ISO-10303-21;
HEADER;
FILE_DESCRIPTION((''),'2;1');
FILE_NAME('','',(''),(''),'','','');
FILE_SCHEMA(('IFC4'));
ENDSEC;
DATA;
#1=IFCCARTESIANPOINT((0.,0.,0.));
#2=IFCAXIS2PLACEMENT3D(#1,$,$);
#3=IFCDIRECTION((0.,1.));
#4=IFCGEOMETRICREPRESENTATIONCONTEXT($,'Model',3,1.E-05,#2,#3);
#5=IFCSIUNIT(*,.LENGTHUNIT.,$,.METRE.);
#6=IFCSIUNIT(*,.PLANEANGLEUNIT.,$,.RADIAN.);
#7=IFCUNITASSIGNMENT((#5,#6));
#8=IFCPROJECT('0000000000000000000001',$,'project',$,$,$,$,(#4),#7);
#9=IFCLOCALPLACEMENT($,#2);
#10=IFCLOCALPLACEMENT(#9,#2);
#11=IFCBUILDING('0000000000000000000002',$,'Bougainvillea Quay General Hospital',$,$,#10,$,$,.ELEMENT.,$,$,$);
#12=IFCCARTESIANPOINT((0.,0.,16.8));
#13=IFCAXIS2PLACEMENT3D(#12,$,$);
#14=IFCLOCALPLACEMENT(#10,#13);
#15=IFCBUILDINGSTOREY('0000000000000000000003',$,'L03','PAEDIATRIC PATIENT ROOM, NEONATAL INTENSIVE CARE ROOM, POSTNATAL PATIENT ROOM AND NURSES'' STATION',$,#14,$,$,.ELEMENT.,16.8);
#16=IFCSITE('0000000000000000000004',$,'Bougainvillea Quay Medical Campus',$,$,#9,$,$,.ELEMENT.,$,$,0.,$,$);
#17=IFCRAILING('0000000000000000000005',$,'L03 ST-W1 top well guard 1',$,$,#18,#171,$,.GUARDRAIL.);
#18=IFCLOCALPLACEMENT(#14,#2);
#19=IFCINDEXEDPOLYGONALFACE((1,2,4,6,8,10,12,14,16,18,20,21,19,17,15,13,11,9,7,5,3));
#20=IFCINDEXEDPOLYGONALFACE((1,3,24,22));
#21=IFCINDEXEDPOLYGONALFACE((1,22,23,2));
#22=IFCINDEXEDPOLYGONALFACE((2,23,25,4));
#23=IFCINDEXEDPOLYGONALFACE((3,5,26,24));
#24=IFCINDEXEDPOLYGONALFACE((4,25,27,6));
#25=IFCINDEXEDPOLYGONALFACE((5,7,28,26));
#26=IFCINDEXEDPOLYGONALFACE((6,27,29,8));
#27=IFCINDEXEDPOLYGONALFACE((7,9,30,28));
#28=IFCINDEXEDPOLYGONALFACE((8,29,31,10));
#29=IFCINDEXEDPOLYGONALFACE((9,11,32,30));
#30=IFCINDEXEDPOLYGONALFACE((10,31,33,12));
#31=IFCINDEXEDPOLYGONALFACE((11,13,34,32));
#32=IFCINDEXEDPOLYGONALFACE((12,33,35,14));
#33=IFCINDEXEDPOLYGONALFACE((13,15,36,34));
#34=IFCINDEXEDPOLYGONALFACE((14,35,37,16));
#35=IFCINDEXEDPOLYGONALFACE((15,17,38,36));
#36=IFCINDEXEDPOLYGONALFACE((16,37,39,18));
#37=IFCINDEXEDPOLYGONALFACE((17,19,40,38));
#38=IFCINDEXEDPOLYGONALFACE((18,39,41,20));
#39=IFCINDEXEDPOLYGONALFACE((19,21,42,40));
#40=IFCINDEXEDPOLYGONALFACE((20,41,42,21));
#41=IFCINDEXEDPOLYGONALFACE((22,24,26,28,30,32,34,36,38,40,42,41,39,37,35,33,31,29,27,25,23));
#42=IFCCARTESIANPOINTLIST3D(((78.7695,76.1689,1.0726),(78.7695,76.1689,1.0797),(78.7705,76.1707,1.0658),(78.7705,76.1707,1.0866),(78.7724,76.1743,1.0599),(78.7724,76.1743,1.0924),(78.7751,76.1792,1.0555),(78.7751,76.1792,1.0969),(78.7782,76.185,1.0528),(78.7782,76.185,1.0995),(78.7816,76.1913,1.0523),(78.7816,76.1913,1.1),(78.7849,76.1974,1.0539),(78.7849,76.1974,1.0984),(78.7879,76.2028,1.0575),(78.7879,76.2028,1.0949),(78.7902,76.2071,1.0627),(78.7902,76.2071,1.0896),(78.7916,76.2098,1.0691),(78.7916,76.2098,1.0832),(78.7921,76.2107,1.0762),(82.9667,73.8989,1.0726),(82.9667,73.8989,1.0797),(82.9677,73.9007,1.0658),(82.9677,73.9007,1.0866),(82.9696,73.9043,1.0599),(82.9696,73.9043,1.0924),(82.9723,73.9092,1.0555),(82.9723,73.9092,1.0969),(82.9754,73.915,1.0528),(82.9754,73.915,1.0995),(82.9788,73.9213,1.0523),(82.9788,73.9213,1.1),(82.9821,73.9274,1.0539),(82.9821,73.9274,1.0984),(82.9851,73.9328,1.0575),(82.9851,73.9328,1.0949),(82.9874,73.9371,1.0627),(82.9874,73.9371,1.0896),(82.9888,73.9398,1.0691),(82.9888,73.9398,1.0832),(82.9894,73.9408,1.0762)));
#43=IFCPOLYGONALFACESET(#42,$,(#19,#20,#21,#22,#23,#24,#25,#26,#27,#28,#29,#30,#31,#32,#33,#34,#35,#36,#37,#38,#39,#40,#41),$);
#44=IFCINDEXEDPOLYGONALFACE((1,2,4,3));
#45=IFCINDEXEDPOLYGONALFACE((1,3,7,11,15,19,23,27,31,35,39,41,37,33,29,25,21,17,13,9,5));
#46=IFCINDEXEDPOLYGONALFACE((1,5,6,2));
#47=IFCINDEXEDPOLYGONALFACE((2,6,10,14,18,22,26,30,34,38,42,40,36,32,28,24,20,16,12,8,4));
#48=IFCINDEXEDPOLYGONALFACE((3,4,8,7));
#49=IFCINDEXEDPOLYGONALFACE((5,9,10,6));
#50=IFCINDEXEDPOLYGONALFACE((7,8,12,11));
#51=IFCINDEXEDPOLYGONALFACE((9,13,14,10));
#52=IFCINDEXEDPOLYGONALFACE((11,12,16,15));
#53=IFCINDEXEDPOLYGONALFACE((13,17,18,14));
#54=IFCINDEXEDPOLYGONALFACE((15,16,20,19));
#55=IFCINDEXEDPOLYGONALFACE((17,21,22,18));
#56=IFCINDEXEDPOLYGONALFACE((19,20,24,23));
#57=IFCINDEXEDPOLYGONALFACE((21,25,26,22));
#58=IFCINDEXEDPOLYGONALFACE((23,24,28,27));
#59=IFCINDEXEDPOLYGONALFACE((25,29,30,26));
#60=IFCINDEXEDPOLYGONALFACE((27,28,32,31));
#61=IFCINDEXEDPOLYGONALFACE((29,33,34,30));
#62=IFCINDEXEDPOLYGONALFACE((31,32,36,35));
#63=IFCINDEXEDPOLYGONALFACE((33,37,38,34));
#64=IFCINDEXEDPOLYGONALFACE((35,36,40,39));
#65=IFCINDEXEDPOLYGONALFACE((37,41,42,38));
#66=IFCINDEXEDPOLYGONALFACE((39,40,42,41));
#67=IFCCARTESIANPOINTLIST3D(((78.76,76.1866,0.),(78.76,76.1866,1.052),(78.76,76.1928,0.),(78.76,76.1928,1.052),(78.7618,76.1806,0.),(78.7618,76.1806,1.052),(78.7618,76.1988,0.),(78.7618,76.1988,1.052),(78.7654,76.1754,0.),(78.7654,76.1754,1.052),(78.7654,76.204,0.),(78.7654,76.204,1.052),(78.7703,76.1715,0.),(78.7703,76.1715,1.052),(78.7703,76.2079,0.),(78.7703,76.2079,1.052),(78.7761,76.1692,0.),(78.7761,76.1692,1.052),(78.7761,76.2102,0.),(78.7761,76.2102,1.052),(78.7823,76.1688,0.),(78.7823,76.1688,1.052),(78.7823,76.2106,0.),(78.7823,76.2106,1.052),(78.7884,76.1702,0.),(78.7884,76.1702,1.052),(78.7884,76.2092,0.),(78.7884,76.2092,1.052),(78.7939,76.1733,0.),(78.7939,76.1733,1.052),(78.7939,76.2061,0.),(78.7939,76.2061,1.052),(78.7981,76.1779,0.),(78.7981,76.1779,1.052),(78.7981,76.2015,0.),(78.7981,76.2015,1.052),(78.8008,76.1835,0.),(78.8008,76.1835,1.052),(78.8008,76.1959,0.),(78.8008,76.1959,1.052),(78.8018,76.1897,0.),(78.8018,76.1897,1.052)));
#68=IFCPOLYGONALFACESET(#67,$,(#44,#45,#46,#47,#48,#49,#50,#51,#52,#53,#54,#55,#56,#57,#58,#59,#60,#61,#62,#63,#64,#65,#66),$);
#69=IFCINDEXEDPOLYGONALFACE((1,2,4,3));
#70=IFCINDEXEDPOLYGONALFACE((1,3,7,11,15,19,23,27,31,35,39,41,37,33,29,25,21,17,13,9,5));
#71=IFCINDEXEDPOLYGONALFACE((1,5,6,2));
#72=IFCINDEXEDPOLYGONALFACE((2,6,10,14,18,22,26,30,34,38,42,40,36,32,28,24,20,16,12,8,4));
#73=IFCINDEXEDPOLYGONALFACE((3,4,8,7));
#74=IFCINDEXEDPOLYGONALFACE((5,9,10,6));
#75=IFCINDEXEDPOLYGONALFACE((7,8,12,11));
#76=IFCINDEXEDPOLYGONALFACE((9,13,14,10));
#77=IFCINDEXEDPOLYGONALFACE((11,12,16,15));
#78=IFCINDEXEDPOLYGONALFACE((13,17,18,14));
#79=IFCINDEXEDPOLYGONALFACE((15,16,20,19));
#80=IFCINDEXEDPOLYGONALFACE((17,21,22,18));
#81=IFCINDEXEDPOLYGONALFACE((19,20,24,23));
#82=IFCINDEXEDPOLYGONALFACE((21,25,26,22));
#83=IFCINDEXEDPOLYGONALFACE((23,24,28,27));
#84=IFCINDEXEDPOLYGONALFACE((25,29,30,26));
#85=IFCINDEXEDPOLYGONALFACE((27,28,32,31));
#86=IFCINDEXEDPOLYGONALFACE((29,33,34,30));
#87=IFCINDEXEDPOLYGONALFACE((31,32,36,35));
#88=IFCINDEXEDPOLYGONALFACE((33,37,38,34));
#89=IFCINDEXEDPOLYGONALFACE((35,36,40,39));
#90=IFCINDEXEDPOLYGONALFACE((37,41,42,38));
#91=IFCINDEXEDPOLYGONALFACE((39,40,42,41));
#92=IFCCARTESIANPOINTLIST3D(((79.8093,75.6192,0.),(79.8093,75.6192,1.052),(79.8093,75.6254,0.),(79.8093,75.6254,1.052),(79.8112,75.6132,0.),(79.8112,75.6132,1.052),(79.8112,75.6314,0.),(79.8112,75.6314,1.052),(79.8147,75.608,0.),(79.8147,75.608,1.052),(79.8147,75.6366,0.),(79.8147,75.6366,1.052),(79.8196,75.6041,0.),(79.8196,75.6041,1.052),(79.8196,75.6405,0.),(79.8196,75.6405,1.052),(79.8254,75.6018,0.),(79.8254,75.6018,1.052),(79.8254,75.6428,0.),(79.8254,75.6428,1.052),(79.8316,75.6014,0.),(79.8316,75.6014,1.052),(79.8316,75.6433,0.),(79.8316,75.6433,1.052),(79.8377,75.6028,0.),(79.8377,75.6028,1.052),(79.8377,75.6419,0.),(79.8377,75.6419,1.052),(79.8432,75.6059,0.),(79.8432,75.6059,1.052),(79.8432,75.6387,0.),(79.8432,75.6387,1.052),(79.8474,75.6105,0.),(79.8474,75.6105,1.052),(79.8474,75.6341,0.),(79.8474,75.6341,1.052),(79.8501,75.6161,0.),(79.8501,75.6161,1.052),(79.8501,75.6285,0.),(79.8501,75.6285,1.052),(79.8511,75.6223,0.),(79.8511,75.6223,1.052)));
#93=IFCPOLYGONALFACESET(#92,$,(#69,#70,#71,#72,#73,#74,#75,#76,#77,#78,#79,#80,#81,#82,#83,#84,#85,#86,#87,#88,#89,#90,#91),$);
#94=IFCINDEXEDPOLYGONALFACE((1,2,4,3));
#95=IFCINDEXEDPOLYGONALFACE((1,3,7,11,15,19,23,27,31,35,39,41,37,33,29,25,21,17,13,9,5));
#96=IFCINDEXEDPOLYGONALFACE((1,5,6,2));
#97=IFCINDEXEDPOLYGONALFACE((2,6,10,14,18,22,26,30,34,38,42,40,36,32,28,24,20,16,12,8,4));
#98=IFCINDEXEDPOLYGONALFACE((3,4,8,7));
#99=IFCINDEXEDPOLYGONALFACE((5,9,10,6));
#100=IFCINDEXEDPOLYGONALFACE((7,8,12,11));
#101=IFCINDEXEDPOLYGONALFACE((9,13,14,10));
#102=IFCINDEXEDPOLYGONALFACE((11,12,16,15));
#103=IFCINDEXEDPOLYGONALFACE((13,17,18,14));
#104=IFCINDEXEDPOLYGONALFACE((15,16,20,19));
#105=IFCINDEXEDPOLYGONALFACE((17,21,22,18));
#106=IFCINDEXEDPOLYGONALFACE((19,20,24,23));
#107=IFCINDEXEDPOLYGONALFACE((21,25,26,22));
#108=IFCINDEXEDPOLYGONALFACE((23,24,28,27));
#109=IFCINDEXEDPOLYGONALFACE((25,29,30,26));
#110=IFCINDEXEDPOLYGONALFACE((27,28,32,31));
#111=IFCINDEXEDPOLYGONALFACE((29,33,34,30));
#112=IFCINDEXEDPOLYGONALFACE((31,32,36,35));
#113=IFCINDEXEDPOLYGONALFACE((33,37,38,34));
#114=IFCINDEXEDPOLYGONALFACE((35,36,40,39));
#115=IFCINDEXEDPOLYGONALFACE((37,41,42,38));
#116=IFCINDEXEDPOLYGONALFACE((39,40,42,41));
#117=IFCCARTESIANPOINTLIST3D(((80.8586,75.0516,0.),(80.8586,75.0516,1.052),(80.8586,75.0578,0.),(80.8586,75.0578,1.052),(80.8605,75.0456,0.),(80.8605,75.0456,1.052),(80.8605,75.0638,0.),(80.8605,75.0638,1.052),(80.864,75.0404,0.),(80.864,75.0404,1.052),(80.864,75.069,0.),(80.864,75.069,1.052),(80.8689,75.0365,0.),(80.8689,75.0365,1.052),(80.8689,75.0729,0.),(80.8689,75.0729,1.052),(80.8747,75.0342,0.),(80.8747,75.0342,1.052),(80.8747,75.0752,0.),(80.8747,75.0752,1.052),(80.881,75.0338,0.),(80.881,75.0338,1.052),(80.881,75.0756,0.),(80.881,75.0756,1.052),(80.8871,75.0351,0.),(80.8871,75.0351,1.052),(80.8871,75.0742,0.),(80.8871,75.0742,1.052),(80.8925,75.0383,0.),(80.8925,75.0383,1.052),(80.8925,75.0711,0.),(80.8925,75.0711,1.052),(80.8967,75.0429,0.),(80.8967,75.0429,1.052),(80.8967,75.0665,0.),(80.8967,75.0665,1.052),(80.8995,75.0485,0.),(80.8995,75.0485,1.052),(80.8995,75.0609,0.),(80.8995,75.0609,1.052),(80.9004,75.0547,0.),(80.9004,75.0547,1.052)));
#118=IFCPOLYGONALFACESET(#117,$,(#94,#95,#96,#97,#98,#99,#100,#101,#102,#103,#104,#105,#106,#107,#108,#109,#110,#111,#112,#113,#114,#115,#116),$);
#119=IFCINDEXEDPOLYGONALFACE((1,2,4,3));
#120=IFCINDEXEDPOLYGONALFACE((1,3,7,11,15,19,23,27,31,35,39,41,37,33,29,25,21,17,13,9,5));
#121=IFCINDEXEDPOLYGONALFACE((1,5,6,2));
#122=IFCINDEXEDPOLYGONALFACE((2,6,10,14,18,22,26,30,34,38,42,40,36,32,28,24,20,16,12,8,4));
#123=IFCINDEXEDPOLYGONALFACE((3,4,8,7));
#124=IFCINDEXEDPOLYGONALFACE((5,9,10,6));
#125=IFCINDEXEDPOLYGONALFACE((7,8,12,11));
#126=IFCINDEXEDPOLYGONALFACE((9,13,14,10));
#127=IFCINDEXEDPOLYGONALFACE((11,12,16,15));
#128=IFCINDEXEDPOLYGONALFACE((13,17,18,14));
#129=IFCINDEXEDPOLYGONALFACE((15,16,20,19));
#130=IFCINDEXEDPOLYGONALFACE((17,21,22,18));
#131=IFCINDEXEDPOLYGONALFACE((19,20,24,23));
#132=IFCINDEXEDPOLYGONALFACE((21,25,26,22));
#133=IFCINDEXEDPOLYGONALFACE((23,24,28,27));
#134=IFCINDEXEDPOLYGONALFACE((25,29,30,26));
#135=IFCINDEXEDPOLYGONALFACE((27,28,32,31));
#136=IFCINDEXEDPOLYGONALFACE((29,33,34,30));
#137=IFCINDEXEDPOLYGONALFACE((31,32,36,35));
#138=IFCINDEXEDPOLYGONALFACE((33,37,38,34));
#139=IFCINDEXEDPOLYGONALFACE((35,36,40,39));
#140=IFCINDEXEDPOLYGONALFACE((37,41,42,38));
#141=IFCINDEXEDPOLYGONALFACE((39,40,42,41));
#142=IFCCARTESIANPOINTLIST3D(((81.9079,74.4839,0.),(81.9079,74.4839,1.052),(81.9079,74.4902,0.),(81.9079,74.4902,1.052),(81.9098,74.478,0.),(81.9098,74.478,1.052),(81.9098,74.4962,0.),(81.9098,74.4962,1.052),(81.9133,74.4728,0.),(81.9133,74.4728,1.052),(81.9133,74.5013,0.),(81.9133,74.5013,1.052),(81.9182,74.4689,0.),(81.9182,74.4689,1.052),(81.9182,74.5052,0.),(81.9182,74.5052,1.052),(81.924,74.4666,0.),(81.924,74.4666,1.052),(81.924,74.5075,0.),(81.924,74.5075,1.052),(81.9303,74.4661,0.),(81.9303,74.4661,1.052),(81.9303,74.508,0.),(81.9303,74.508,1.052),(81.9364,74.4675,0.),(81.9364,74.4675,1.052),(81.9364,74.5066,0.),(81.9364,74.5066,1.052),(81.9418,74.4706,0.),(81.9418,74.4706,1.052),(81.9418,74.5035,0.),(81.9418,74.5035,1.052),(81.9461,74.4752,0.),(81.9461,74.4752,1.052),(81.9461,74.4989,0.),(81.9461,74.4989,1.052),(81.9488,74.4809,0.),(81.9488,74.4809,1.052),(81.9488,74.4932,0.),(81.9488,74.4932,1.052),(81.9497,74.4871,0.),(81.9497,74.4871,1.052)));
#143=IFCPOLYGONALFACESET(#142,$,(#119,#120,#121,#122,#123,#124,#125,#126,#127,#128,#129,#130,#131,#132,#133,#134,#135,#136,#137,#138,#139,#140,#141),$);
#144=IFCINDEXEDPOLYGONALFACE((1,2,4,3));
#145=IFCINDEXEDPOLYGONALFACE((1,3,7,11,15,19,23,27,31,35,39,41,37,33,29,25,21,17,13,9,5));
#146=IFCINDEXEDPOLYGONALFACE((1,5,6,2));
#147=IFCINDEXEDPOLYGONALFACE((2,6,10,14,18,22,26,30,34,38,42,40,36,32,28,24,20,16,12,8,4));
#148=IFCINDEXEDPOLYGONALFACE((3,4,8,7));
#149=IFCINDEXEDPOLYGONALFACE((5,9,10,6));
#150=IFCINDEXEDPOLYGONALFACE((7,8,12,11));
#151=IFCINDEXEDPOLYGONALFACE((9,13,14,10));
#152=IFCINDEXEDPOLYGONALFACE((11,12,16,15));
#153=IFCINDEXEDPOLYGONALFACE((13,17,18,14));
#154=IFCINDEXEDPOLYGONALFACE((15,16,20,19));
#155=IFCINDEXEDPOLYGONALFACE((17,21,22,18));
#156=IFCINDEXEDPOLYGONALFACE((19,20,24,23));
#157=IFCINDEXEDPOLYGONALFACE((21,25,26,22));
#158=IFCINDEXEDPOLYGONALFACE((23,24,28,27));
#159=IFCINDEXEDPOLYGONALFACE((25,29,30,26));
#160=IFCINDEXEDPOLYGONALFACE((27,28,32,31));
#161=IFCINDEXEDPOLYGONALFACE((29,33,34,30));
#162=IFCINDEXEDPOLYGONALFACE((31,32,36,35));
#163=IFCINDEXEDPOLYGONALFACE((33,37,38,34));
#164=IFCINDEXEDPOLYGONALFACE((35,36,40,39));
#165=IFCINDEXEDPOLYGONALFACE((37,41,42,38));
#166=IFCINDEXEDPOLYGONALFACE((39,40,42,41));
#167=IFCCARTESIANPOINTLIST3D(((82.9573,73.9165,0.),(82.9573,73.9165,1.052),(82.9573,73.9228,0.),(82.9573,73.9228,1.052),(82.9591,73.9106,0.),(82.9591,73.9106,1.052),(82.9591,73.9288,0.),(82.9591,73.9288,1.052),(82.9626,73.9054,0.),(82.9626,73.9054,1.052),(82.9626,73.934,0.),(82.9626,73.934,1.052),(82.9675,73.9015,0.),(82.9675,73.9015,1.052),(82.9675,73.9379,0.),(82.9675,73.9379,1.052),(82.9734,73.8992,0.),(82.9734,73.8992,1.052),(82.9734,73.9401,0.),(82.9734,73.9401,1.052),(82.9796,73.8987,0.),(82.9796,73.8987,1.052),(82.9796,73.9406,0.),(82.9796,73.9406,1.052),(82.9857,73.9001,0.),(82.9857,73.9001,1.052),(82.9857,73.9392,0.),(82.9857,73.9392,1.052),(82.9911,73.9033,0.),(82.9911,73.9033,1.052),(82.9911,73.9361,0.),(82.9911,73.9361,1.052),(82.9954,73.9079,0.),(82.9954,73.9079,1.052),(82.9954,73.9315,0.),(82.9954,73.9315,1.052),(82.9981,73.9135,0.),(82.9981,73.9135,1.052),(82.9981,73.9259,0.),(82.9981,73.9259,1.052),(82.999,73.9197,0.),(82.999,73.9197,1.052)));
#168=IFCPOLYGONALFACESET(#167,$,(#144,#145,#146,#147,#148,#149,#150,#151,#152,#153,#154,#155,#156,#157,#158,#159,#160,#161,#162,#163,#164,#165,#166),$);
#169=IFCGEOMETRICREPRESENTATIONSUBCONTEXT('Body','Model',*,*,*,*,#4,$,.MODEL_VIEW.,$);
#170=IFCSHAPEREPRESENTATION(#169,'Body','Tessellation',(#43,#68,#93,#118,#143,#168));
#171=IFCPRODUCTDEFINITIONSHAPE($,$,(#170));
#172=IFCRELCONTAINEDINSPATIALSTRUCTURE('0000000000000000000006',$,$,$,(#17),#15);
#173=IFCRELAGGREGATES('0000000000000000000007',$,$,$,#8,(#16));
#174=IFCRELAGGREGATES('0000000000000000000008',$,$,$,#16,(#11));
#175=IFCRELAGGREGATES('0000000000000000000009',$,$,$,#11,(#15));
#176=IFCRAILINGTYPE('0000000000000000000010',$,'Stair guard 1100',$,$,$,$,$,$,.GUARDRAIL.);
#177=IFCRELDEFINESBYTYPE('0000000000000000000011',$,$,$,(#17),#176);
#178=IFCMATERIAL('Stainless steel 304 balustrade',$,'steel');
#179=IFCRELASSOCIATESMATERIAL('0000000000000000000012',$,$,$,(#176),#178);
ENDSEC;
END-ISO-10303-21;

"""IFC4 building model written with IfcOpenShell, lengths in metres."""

from ifc_helpers import new_model, si_unit, direction, frame, origin, origin_2d, place, context, subcontext, project, spatial, circle, extrude, material, type_object, element, save


model = new_model("IFC4")

# Units and contexts
model_context = context("Model", 3, precision=1e-05, world=origin(), true_north=direction((0.0, 1.0)))
body_context = subcontext(model_context, "Body", "Model", "MODEL_VIEW")
ifc_project = project(units=[si_unit("LENGTHUNIT", "METRE"), si_unit("PLANEANGLEUNIT", "RADIAN")], contexts=[model_context])

# Site, building, storey
site_placement = place(None, origin())
site = spatial("IfcSite", under=ifc_project, at=site_placement, Name="Bougainvillea Quay Medical Campus", CompositionType="ELEMENT", RefElevation=0.0)
building_placement = place(site_placement, origin())
building = spatial("IfcBuilding", under=site, at=building_placement, Name="Bougainvillea Quay General Hospital", CompositionType="ELEMENT")
storey_placement = place(building_placement, frame((0.0, 0.0, 16.8)))
storey = spatial("IfcBuildingStorey", under=building, at=storey_placement, Name="L03", Description="PAEDIATRIC PATIENT ROOM, NEONATAL INTENSIVE CARE ROOM, POSTNATAL PATIENT ROOM AND NURSES' STATION", CompositionType="ELEMENT", Elevation=16.8)

# Railing
ifc_material_1 = material(Name="Stainless steel 304 balustrade", Category="steel")
railing_type = type_object("IfcRailingType", Name="Stair guard 1100", PredefinedType="GUARDRAIL", material=ifc_material_1)
railing_placement = place(storey_placement, frame((78.7808, 76.1897, 0.0)))
element("IfcRailing", 1, at=railing_placement, inside=storey, type_object=railing_type, Name="L03 ST-W1 top well guard 1", PredefinedType="GUARDRAIL", context=body_context, shape_type="SweptSolid", body=[
    extrude(circle(Radius=0.0239, at=origin_2d()), frame((0.0, 0.0, 1.0762), z_axis=(0.879599, -0.475716, 0.0), x_axis=(0.475716, 0.879599, 0.0)), (0.0, 0.0, 1.0), 4.7717),
    extrude(circle(Radius=0.021, at=origin_2d()), origin(), (0.0, 0.0, 1.0), 1.052),
    extrude(circle(Radius=0.021, at=origin_2d()), frame((1.0493, -0.5674, 0.0)), (0.0, 0.0, 1.0), 1.052),
    extrude(circle(Radius=0.021, at=origin_2d()), frame((2.0986, -1.135, 0.0)), (0.0, 0.0, 1.0), 1.052),
    extrude(circle(Radius=0.021, at=origin_2d()), frame((3.1479, -1.7026, 0.0)), (0.0, 0.0, 1.0), 1.052),
    extrude(circle(Radius=0.021, at=origin_2d()), frame((4.1973, -2.27, 0.0)), (0.0, 0.0, 1.0), 1.052),
])

save(model, "model.ifc")
